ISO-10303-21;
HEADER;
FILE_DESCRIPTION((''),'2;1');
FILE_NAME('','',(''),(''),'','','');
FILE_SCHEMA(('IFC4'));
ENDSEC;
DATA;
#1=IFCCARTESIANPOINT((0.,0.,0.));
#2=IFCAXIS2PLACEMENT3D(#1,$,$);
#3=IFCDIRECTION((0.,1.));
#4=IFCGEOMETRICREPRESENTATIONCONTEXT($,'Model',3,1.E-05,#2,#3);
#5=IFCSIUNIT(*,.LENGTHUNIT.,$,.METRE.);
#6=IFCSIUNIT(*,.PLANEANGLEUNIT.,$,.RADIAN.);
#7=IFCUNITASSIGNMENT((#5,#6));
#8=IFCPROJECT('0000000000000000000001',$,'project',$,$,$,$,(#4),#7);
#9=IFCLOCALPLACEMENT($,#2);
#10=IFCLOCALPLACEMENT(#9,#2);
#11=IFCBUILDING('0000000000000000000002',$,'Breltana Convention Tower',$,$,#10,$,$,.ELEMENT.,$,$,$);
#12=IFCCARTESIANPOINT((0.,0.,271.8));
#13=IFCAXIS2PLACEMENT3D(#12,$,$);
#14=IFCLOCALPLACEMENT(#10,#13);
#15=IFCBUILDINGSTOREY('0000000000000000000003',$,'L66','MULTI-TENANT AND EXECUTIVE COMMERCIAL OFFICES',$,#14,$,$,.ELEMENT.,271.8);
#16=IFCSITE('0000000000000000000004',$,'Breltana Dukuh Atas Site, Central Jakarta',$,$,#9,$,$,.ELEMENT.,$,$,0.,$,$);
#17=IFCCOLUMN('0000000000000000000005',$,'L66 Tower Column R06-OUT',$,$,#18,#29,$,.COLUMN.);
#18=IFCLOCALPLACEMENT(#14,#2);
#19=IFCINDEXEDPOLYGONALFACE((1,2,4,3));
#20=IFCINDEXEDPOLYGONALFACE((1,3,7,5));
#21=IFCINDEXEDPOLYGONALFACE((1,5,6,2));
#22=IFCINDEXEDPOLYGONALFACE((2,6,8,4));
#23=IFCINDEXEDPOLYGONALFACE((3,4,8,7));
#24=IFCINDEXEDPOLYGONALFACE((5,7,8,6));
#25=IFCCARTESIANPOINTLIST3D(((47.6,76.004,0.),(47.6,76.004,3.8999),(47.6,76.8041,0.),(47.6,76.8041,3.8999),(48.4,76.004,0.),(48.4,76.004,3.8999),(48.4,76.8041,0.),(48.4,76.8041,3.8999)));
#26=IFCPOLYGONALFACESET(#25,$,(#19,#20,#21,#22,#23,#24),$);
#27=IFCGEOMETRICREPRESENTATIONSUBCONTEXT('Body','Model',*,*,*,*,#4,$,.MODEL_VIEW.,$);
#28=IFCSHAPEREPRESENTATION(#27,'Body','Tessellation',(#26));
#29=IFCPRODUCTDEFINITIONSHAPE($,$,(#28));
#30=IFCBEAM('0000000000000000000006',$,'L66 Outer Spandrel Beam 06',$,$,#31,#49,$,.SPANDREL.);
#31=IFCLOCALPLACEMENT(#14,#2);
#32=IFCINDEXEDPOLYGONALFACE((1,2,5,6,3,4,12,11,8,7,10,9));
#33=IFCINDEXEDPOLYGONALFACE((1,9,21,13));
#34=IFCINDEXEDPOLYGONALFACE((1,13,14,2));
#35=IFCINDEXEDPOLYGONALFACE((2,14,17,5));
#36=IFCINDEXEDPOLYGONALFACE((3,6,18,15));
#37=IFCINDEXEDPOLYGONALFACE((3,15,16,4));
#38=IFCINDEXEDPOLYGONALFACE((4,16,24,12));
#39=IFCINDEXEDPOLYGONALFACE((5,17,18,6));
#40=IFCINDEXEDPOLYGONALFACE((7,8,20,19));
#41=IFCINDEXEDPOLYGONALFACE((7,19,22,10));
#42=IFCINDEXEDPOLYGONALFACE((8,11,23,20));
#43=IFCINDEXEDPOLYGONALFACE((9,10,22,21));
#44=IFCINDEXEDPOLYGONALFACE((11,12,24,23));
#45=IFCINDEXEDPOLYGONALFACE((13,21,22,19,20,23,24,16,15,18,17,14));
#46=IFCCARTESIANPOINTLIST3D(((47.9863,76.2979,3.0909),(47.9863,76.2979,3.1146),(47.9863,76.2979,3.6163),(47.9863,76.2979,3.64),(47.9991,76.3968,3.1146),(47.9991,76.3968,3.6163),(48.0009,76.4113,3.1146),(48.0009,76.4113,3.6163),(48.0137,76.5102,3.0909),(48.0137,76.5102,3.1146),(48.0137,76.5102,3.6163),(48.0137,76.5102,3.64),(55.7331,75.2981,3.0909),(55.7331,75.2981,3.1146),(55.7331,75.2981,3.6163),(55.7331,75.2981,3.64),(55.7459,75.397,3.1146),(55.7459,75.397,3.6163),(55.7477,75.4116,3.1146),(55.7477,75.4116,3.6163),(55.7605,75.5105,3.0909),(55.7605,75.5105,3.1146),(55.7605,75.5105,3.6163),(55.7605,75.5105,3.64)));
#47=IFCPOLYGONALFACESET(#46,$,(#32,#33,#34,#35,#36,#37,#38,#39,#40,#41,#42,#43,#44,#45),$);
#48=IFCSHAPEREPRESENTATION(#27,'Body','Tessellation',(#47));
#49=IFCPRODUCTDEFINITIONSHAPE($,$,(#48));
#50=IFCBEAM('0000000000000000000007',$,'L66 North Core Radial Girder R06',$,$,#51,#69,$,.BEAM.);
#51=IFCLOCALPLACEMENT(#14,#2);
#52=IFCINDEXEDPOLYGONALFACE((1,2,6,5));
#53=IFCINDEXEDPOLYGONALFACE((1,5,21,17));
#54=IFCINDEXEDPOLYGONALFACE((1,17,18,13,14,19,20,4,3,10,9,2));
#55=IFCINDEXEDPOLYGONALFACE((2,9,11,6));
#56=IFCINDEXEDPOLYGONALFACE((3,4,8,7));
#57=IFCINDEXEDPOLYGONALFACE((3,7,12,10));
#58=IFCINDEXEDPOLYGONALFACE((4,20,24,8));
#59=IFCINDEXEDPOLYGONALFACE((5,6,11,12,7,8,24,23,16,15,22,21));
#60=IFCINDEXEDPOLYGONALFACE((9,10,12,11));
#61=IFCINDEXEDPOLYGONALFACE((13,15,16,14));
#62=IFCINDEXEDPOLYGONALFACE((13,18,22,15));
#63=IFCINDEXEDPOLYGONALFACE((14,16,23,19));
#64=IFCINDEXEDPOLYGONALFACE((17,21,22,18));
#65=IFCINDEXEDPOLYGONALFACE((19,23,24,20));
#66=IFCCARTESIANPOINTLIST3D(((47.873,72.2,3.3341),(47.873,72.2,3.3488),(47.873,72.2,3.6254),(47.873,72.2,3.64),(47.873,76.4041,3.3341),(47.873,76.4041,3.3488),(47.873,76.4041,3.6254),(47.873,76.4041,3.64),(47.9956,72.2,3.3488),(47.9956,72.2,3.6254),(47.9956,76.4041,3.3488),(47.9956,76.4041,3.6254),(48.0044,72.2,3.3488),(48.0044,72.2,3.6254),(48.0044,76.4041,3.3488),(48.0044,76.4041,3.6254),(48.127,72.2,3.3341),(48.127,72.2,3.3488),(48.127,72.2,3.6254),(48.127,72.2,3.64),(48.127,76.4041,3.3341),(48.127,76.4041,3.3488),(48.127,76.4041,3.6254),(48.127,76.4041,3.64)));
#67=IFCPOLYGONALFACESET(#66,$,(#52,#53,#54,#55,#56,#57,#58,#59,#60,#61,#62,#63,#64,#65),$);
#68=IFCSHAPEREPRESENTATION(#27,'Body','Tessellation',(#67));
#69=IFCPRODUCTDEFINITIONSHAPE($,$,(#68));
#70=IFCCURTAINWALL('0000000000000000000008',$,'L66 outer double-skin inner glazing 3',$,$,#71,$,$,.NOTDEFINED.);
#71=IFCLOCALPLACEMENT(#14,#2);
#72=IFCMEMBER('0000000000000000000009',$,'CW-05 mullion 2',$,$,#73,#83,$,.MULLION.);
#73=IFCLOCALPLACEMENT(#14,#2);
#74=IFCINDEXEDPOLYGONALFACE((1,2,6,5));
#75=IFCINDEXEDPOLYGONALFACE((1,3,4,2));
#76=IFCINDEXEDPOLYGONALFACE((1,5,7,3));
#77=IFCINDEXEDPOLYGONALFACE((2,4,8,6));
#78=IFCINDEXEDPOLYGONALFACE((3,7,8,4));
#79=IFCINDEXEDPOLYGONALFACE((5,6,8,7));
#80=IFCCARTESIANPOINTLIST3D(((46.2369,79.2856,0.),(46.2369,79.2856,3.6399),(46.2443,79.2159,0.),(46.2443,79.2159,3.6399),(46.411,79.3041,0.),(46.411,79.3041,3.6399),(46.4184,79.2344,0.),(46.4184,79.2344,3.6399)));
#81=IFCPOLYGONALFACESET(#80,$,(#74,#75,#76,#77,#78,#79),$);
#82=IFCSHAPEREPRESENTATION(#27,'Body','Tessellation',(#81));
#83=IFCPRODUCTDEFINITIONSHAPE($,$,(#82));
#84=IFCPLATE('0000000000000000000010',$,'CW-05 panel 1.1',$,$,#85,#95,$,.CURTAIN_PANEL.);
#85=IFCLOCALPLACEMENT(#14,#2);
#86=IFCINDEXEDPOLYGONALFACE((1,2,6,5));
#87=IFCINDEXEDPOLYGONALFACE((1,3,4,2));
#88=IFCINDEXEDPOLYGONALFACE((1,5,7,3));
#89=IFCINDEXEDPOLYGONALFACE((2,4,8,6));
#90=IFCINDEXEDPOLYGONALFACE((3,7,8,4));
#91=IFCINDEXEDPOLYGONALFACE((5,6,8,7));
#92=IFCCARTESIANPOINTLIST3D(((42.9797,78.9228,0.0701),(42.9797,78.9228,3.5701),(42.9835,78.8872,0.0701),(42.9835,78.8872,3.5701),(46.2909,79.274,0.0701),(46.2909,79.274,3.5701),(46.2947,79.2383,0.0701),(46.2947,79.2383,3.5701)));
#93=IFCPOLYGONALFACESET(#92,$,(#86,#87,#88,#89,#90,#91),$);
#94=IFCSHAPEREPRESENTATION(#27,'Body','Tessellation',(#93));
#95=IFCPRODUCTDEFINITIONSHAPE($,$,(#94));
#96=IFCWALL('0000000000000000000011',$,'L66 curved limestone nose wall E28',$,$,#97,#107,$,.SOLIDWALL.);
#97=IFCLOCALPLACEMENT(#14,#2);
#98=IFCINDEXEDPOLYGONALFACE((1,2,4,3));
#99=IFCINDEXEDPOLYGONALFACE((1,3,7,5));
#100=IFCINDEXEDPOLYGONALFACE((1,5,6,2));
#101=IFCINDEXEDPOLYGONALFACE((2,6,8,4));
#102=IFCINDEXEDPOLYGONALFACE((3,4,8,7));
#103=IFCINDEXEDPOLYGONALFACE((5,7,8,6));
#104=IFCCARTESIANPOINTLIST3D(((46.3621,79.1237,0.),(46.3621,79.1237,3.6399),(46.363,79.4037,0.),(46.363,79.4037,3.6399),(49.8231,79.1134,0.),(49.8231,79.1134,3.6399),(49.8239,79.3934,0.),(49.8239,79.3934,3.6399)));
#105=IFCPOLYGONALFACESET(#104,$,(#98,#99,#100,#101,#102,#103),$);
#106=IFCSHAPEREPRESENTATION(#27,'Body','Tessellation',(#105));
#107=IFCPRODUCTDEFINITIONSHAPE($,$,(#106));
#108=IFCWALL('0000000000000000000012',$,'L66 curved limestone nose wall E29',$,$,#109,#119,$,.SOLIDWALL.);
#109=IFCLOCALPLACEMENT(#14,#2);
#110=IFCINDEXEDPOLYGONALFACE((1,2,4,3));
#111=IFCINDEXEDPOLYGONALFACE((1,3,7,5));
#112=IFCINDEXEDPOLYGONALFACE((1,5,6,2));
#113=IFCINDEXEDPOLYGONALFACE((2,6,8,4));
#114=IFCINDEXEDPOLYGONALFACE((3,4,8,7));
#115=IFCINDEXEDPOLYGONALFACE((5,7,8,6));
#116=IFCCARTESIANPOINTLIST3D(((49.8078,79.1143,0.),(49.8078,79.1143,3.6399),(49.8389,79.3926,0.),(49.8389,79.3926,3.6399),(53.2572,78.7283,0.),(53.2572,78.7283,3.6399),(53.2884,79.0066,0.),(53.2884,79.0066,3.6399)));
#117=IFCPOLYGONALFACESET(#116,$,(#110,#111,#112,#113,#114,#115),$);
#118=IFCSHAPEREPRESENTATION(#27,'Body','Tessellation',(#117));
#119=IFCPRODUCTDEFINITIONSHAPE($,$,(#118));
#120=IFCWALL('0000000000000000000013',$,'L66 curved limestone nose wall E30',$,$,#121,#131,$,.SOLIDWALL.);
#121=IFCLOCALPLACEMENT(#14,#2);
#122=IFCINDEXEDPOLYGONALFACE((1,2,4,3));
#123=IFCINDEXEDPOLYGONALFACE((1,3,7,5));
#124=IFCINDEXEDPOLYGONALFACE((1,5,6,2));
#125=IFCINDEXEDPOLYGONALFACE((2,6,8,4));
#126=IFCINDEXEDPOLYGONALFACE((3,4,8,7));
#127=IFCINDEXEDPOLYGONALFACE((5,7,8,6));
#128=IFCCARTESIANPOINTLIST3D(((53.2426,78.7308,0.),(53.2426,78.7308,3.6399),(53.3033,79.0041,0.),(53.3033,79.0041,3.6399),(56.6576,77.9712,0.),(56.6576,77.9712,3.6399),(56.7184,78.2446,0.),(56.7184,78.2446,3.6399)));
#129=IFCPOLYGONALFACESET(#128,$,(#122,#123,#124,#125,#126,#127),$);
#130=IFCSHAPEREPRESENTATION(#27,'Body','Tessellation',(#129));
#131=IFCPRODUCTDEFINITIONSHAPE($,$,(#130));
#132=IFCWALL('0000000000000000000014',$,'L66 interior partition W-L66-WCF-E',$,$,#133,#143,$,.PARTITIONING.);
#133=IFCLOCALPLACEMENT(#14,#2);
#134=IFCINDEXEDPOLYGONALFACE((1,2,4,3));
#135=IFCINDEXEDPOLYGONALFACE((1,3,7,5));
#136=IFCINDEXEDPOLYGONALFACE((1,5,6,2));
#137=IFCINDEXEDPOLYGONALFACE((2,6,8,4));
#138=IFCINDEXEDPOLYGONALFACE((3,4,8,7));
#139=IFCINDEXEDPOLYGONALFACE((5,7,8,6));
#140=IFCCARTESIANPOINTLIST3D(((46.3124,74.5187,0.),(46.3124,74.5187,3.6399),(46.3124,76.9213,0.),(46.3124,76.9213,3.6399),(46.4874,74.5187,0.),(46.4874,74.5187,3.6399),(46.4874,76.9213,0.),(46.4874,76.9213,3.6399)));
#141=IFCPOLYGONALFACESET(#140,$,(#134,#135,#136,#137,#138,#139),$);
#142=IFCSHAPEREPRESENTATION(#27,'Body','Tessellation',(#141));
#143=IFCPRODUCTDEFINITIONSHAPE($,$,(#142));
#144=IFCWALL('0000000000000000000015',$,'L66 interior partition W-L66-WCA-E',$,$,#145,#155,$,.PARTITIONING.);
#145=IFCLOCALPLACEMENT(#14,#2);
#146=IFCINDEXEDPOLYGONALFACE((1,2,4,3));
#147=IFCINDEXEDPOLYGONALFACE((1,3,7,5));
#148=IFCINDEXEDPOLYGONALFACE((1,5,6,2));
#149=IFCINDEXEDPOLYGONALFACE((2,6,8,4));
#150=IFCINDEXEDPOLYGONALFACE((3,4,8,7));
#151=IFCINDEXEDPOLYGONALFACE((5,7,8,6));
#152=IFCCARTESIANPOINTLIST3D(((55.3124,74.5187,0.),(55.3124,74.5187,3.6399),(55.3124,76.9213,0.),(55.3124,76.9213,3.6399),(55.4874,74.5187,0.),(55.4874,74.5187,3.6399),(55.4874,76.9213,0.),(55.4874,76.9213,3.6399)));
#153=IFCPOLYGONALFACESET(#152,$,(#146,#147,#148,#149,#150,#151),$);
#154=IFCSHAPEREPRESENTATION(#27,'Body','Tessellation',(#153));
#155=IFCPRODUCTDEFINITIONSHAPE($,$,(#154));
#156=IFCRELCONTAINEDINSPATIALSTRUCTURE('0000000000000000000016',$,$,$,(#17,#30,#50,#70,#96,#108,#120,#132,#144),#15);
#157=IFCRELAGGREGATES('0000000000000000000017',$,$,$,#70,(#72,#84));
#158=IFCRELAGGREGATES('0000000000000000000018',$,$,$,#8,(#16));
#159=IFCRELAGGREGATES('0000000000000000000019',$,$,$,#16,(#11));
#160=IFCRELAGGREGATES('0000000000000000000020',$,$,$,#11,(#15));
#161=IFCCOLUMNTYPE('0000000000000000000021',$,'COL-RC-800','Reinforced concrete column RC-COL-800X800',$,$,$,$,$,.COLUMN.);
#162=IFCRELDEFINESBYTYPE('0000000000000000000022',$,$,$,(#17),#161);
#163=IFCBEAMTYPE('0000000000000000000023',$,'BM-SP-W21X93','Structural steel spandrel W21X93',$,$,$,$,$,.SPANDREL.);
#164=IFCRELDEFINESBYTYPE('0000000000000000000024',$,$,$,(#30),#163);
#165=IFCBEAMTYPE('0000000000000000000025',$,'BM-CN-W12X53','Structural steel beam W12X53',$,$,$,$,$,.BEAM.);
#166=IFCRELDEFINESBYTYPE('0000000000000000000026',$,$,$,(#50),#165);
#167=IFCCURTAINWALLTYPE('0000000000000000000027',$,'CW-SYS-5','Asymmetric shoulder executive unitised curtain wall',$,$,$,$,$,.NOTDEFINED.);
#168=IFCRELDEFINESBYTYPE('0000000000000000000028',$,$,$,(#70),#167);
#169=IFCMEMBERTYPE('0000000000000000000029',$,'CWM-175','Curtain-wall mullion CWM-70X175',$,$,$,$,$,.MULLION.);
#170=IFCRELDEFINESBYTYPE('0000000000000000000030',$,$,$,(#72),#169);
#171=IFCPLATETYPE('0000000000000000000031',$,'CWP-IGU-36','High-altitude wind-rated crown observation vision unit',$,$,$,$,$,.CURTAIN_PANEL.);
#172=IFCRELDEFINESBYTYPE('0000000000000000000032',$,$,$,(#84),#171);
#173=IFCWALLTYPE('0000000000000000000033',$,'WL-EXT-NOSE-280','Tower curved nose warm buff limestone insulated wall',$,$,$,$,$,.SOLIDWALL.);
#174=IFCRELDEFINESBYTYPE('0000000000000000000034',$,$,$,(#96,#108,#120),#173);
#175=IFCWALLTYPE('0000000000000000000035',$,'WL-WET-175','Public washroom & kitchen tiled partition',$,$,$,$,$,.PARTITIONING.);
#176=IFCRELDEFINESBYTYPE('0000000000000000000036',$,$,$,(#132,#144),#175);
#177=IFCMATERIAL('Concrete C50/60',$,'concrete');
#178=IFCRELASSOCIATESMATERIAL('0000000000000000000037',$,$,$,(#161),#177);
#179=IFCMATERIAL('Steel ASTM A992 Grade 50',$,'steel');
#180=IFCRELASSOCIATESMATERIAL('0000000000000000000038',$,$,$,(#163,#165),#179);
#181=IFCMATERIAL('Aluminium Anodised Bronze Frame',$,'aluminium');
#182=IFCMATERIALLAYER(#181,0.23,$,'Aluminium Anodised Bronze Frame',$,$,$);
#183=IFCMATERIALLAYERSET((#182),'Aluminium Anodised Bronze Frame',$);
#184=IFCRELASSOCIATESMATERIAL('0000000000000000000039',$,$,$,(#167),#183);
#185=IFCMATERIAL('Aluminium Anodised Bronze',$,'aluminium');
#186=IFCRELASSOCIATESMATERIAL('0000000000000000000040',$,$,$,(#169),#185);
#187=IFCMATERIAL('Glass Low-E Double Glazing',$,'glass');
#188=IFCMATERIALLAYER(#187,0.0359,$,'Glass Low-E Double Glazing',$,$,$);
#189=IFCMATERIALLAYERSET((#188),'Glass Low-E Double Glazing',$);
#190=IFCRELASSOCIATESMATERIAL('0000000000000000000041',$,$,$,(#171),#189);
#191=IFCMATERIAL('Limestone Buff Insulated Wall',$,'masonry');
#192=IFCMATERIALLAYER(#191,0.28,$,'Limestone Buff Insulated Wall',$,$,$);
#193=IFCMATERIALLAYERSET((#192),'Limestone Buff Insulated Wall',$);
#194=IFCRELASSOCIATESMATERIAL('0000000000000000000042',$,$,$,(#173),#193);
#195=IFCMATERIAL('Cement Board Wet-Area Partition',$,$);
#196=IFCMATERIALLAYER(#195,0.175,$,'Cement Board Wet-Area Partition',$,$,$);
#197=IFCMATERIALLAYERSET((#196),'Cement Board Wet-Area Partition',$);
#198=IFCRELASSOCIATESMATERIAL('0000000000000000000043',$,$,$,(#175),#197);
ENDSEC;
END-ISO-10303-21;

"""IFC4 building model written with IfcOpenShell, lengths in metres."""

from ifc_helpers import new_model, si_unit, direction, frame, frame_2d, origin, origin_2d, place, context, subcontext, project, spatial, rectangle, i_section, extrude, source, transform, mapped, material, layer, layer_set, material_profile, profile_set, type_object, element, aggregate, save


model = new_model("IFC4")

# Units and contexts
model_context = context("Model", 3, precision=1e-05, world=origin(), true_north=direction((0.0, 1.0)))
body_context = subcontext(model_context, "Body", "Model", "MODEL_VIEW")
ifc_project = project(units=[si_unit("LENGTHUNIT", "METRE"), si_unit("PLANEANGLEUNIT", "RADIAN")], contexts=[model_context])

# Site, building, storey
site_placement = place(None, origin())
site = spatial("IfcSite", under=ifc_project, at=site_placement, Name="Breltana Dukuh Atas Site, Central Jakarta", CompositionType="ELEMENT", RefElevation=0.0)
building_placement = place(site_placement, origin())
building = spatial("IfcBuilding", under=site, at=building_placement, Name="Breltana Convention Tower", CompositionType="ELEMENT")
storey_placement = place(building_placement, frame((0.0, 0.0, 271.8)))
storey = spatial("IfcBuildingStorey", under=building, at=storey_placement, Name="L66", Description="MULTI-TENANT AND EXECUTIVE COMMERCIAL OFFICES", CompositionType="ELEMENT", Elevation=271.8)

# Column
ifc_material_1 = material(Name="Concrete C50/60", Category="concrete")
ifc_material_profile_1 = material_profile(ifc_material_1, rectangle(XDim=0.8, YDim=0.8, at=origin_2d()), Name="RC-COL-800X800")
ifc_profile_set_1 = profile_set([ifc_material_profile_1], Name="Concrete C50/60")
column_type = type_object("IfcColumnType", Name="COL-RC-800", Description="Reinforced concrete column RC-COL-800X800", PredefinedType="COLUMN", material=ifc_profile_set_1)
shared_shape_1 = source(origin(), body_context, "Body", "SweptSolid", [
    extrude(rectangle(XDim=0.8, YDim=0.8, at=origin_2d()), origin(), (0.0, 0.0, 1.0), 3.8999),
])
column_placement = place(storey_placement, frame((48.0, 76.4041, 0.0), z_axis=(0.0, 0.0, 1.0), x_axis=(0.0, 1.0, 0.0)))
element("IfcColumn", 1, at=column_placement, inside=storey, type_object=column_type, Name="L66 Tower Column R06-OUT", PredefinedType="COLUMN", context=body_context, shape_type="MappedRepresentation", body=[
    mapped(shared_shape_1, transform((0.0, 0.0, 0.0), scale=1.0)),
])

# Beams
ifc_material_2 = material(Name="Steel ASTM A992 Grade 50", Category="steel")
ifc_material_profile_2 = material_profile(ifc_material_2, i_section(OverallWidth=0.2141, OverallDepth=0.5491, WebThickness=0.0146, FlangeThickness=0.0237, at=origin_2d()), Name="W21X93")
ifc_profile_set_2 = profile_set([ifc_material_profile_2], Name="Steel ASTM A992 Grade 50")
beam_type_1 = type_object("IfcBeamType", Name="BM-SP-W21X93", Description="Structural steel spandrel W21X93", PredefinedType="SPANDREL", material=ifc_profile_set_2)
shared_shape_2 = source(origin(), body_context, "Body", "SweptSolid", [
    extrude(i_section(OverallWidth=0.2141, OverallDepth=0.5491, WebThickness=0.0146, FlangeThickness=0.0237, at=origin_2d()), origin(), (0.0, 0.0, 1.0), 7.811),
])
beam_1_placement = place(storey_placement, frame((48.0, 76.4041, 3.3655), z_axis=(0.991775, -0.127992, 0.0), x_axis=(0.127992, 0.991775, 0.0)))
element("IfcBeam", 2, at=beam_1_placement, inside=storey, type_object=beam_type_1, Name="L66 Outer Spandrel Beam 06", PredefinedType="SPANDREL", context=body_context, shape_type="MappedRepresentation", body=[
    mapped(shared_shape_2, transform((0.0, 0.0, 0.0), scale=1.0)),
])
ifc_material_profile_3 = material_profile(ifc_material_2, i_section(OverallWidth=0.2539, OverallDepth=0.3059, WebThickness=0.0088, FlangeThickness=0.0146, at=origin_2d()), Name="W12X53")
ifc_profile_set_3 = profile_set([ifc_material_profile_3], Name="Steel ASTM A992 Grade 50")
beam_type_2 = type_object("IfcBeamType", Name="BM-CN-W12X53", Description="Structural steel beam W12X53", PredefinedType="BEAM", material=ifc_profile_set_3)
shared_shape_3 = source(origin(), body_context, "Body", "SweptSolid", [
    extrude(i_section(OverallWidth=0.2539, OverallDepth=0.3059, WebThickness=0.0088, FlangeThickness=0.0146, at=origin_2d()), origin(), (0.0, 0.0, 1.0), 4.2041),
])
beam_2_placement = place(storey_placement, frame((48.0, 72.2, 3.4871), z_axis=(0.0, 1.0, 0.0), x_axis=(-1.0, 0.0, 0.0)))
element("IfcBeam", 3, at=beam_2_placement, inside=storey, type_object=beam_type_2, Name="L66 North Core Radial Girder R06", PredefinedType="BEAM", context=body_context, shape_type="MappedRepresentation", body=[
    mapped(shared_shape_3, transform((0.0, 0.0, 0.0), scale=1.0)),
])

# Curtain wall, member, plate
ifc_material_3 = material(Name="Aluminium Anodised Bronze Frame", Category="aluminium")
ifc_layer_1 = layer(ifc_material_3, 0.23, Name="Aluminium Anodised Bronze Frame")
ifc_layer_set_1 = layer_set([ifc_layer_1], Name="Aluminium Anodised Bronze Frame")
curtain_wall_type = type_object("IfcCurtainWallType", Name="CW-SYS-5", Description="Asymmetric shoulder executive unitised curtain wall", PredefinedType="NOTDEFINED", material=ifc_layer_set_1)
curtain_wall_placement = place(storey_placement, origin())
curtain_wall = element("IfcCurtainWall", 4, at=curtain_wall_placement, inside=storey, type_object=curtain_wall_type, Name="L66 outer double-skin inner glazing 3", PredefinedType="NOTDEFINED")
ifc_material_4 = material(Name="Aluminium Anodised Bronze", Category="aluminium")
ifc_material_profile_4 = material_profile(ifc_material_4, rectangle(XDim=0.0701, YDim=0.175, at=origin_2d()), Name="CWM-70X175")
ifc_profile_set_4 = profile_set([ifc_material_profile_4], Name="Aluminium Anodised Bronze")
member_type = type_object("IfcMemberType", Name="CWM-175", Description="Curtain-wall mullion CWM-70X175", PredefinedType="MULLION", material=ifc_profile_set_4)
shared_shape_4 = source(origin(), body_context, "Body", "SweptSolid", [
    extrude(rectangle(XDim=0.0701, YDim=0.175, at=origin_2d()), origin(), (0.0, 0.0, 1.0), 3.6399),
])
member_placement = place(storey_placement, frame((46.3276, 79.26, 0.0), z_axis=(0.0, 0.0, 1.0), x_axis=(-0.105448, 0.994425, 0.0)))
member = element("IfcMember", 5, at=member_placement, type_object=member_type, Name="CW-05 mullion 2", PredefinedType="MULLION", context=body_context, shape_type="MappedRepresentation", body=[
    mapped(shared_shape_4, transform((0.0, 0.0, 0.0), scale=1.0)),
])
ifc_material_5 = material(Name="Glass Low-E Double Glazing", Category="glass")
ifc_layer_2 = layer(ifc_material_5, 0.0359, Name="Glass Low-E Double Glazing")
ifc_layer_set_2 = layer_set([ifc_layer_2], Name="Glass Low-E Double Glazing")
plate_type = type_object("IfcPlateType", Name="CWP-IGU-36", Description="High-altitude wind-rated crown observation vision unit", PredefinedType="CURTAIN_PANEL", material=ifc_layer_set_2)
shared_shape_5 = source(origin(), body_context, "Body", "SweptSolid", [
    extrude(rectangle(XDim=3.3298, YDim=0.0359, at=origin_2d()), origin(), (0.0, 0.0, 1.0), 3.5),
])
plate_placement = place(storey_placement, frame((44.6372, 79.0806, 0.0701), z_axis=(0.0, 0.0, 1.0), x_axis=(0.994425, 0.105448, 0.0)))
plate = element("IfcPlate", 6, at=plate_placement, type_object=plate_type, Name="CW-05 panel 1.1", PredefinedType="CURTAIN_PANEL", context=body_context, shape_type="MappedRepresentation", body=[
    mapped(shared_shape_5, transform((0.0, 0.0, 0.0), scale=1.0)),
])
aggregate(curtain_wall, [member, plate])

# Walls
ifc_material_6 = material(Name="Limestone Buff Insulated Wall", Category="masonry")
ifc_layer_3 = layer(ifc_material_6, 0.28, Name="Limestone Buff Insulated Wall")
ifc_layer_set_3 = layer_set([ifc_layer_3], Name="Limestone Buff Insulated Wall")
wall_type_1 = type_object("IfcWallType", Name="WL-EXT-NOSE-280", Description="Tower curved nose warm buff limestone insulated wall", PredefinedType="SOLIDWALL", material=ifc_layer_set_3)
shared_shape_6 = source(origin(), body_context, "Body", "SweptSolid", [
    extrude(rectangle(XDim=3.4609, YDim=0.28, at=frame_2d((1.7305, 0.0))), origin(), (0.0, 0.0, 1.0), 3.6399),
])
wall_1_placement = place(storey_placement, frame((46.3625, 79.2637, 0.0), z_axis=(0.0, 0.0, 1.0), x_axis=(0.999996, -0.002963, 0.0)))
element("IfcWall", 7, at=wall_1_placement, inside=storey, type_object=wall_type_1, Name="L66 curved limestone nose wall E28", PredefinedType="SOLIDWALL", context=body_context, shape_type="MappedRepresentation", body=[
    mapped(shared_shape_6, transform((0.0, 0.0, 0.0), scale=1.0)),
])
shared_shape_7 = source(origin(), body_context, "Body", "SweptSolid", [
    extrude(rectangle(XDim=3.4709, YDim=0.28, at=frame_2d((1.7354, 0.0))), origin(), (0.0, 0.0, 1.0), 3.6399),
])
wall_2_placement = place(storey_placement, frame((49.8235, 79.2534, 0.0), z_axis=(0.0, 0.0, 1.0), x_axis=(0.993798, -0.111203, 0.0)))
element("IfcWall", 8, at=wall_2_placement, inside=storey, type_object=wall_type_1, Name="L66 curved limestone nose wall E29", PredefinedType="SOLIDWALL", context=body_context, shape_type="MappedRepresentation", body=[
    mapped(shared_shape_7, transform((0.0, 0.0, 0.0), scale=1.0)),
])
shared_shape_8 = source(origin(), body_context, "Body", "SweptSolid", [
    extrude(rectangle(XDim=3.4985, YDim=0.28, at=frame_2d((1.7493, 0.0))), origin(), (0.0, 0.0, 1.0), 3.6399),
])
wall_3_placement = place(storey_placement, frame((53.2729, 78.8674, 0.0), z_axis=(0.0, 0.0, 1.0), x_axis=(0.976149, -0.2171, 0.0)))
element("IfcWall", 9, at=wall_3_placement, inside=storey, type_object=wall_type_1, Name="L66 curved limestone nose wall E30", PredefinedType="SOLIDWALL", context=body_context, shape_type="MappedRepresentation", body=[
    mapped(shared_shape_8, transform((0.0, 0.0, 0.0), scale=1.0)),
])
ifc_material_7 = material(Name="Cement Board Wet-Area Partition")
ifc_layer_4 = layer(ifc_material_7, 0.175, Name="Cement Board Wet-Area Partition")
ifc_layer_set_4 = layer_set([ifc_layer_4], Name="Cement Board Wet-Area Partition")
wall_type_2 = type_object("IfcWallType", Name="WL-WET-175", Description="Public washroom & kitchen tiled partition", PredefinedType="PARTITIONING", material=ifc_layer_set_4)
shared_shape_9 = source(origin(), body_context, "Body", "SweptSolid", [
    extrude(rectangle(XDim=2.4026, YDim=0.175, at=frame_2d((1.2012, 0.0))), origin(), (0.0, 0.0, 1.0), 3.6399),
])
for number, where, z_axis, x_axis, name in (
    (10, (46.3999, 74.5188, 0.0), (0.0, 0.0, 1.0), (0.0, 1.0, 0.0), "L66 interior partition W-L66-WCF-E"),
    (11, (55.3999, 74.5188, 0.0), (0.0, 0.0, 1.0), (0.0, 1.0, 0.0), "L66 interior partition W-L66-WCA-E"),
):
    element("IfcWall", number, at=place(storey_placement, frame(where, z_axis=z_axis, x_axis=x_axis)), inside=storey, type_object=wall_type_2, Name=name, PredefinedType="PARTITIONING", context=body_context, shape_type="MappedRepresentation", body=[
        mapped(shared_shape_9, transform((0.0, 0.0, 0.0), scale=1.0)),
    ])

save(model, "model.ifc")
